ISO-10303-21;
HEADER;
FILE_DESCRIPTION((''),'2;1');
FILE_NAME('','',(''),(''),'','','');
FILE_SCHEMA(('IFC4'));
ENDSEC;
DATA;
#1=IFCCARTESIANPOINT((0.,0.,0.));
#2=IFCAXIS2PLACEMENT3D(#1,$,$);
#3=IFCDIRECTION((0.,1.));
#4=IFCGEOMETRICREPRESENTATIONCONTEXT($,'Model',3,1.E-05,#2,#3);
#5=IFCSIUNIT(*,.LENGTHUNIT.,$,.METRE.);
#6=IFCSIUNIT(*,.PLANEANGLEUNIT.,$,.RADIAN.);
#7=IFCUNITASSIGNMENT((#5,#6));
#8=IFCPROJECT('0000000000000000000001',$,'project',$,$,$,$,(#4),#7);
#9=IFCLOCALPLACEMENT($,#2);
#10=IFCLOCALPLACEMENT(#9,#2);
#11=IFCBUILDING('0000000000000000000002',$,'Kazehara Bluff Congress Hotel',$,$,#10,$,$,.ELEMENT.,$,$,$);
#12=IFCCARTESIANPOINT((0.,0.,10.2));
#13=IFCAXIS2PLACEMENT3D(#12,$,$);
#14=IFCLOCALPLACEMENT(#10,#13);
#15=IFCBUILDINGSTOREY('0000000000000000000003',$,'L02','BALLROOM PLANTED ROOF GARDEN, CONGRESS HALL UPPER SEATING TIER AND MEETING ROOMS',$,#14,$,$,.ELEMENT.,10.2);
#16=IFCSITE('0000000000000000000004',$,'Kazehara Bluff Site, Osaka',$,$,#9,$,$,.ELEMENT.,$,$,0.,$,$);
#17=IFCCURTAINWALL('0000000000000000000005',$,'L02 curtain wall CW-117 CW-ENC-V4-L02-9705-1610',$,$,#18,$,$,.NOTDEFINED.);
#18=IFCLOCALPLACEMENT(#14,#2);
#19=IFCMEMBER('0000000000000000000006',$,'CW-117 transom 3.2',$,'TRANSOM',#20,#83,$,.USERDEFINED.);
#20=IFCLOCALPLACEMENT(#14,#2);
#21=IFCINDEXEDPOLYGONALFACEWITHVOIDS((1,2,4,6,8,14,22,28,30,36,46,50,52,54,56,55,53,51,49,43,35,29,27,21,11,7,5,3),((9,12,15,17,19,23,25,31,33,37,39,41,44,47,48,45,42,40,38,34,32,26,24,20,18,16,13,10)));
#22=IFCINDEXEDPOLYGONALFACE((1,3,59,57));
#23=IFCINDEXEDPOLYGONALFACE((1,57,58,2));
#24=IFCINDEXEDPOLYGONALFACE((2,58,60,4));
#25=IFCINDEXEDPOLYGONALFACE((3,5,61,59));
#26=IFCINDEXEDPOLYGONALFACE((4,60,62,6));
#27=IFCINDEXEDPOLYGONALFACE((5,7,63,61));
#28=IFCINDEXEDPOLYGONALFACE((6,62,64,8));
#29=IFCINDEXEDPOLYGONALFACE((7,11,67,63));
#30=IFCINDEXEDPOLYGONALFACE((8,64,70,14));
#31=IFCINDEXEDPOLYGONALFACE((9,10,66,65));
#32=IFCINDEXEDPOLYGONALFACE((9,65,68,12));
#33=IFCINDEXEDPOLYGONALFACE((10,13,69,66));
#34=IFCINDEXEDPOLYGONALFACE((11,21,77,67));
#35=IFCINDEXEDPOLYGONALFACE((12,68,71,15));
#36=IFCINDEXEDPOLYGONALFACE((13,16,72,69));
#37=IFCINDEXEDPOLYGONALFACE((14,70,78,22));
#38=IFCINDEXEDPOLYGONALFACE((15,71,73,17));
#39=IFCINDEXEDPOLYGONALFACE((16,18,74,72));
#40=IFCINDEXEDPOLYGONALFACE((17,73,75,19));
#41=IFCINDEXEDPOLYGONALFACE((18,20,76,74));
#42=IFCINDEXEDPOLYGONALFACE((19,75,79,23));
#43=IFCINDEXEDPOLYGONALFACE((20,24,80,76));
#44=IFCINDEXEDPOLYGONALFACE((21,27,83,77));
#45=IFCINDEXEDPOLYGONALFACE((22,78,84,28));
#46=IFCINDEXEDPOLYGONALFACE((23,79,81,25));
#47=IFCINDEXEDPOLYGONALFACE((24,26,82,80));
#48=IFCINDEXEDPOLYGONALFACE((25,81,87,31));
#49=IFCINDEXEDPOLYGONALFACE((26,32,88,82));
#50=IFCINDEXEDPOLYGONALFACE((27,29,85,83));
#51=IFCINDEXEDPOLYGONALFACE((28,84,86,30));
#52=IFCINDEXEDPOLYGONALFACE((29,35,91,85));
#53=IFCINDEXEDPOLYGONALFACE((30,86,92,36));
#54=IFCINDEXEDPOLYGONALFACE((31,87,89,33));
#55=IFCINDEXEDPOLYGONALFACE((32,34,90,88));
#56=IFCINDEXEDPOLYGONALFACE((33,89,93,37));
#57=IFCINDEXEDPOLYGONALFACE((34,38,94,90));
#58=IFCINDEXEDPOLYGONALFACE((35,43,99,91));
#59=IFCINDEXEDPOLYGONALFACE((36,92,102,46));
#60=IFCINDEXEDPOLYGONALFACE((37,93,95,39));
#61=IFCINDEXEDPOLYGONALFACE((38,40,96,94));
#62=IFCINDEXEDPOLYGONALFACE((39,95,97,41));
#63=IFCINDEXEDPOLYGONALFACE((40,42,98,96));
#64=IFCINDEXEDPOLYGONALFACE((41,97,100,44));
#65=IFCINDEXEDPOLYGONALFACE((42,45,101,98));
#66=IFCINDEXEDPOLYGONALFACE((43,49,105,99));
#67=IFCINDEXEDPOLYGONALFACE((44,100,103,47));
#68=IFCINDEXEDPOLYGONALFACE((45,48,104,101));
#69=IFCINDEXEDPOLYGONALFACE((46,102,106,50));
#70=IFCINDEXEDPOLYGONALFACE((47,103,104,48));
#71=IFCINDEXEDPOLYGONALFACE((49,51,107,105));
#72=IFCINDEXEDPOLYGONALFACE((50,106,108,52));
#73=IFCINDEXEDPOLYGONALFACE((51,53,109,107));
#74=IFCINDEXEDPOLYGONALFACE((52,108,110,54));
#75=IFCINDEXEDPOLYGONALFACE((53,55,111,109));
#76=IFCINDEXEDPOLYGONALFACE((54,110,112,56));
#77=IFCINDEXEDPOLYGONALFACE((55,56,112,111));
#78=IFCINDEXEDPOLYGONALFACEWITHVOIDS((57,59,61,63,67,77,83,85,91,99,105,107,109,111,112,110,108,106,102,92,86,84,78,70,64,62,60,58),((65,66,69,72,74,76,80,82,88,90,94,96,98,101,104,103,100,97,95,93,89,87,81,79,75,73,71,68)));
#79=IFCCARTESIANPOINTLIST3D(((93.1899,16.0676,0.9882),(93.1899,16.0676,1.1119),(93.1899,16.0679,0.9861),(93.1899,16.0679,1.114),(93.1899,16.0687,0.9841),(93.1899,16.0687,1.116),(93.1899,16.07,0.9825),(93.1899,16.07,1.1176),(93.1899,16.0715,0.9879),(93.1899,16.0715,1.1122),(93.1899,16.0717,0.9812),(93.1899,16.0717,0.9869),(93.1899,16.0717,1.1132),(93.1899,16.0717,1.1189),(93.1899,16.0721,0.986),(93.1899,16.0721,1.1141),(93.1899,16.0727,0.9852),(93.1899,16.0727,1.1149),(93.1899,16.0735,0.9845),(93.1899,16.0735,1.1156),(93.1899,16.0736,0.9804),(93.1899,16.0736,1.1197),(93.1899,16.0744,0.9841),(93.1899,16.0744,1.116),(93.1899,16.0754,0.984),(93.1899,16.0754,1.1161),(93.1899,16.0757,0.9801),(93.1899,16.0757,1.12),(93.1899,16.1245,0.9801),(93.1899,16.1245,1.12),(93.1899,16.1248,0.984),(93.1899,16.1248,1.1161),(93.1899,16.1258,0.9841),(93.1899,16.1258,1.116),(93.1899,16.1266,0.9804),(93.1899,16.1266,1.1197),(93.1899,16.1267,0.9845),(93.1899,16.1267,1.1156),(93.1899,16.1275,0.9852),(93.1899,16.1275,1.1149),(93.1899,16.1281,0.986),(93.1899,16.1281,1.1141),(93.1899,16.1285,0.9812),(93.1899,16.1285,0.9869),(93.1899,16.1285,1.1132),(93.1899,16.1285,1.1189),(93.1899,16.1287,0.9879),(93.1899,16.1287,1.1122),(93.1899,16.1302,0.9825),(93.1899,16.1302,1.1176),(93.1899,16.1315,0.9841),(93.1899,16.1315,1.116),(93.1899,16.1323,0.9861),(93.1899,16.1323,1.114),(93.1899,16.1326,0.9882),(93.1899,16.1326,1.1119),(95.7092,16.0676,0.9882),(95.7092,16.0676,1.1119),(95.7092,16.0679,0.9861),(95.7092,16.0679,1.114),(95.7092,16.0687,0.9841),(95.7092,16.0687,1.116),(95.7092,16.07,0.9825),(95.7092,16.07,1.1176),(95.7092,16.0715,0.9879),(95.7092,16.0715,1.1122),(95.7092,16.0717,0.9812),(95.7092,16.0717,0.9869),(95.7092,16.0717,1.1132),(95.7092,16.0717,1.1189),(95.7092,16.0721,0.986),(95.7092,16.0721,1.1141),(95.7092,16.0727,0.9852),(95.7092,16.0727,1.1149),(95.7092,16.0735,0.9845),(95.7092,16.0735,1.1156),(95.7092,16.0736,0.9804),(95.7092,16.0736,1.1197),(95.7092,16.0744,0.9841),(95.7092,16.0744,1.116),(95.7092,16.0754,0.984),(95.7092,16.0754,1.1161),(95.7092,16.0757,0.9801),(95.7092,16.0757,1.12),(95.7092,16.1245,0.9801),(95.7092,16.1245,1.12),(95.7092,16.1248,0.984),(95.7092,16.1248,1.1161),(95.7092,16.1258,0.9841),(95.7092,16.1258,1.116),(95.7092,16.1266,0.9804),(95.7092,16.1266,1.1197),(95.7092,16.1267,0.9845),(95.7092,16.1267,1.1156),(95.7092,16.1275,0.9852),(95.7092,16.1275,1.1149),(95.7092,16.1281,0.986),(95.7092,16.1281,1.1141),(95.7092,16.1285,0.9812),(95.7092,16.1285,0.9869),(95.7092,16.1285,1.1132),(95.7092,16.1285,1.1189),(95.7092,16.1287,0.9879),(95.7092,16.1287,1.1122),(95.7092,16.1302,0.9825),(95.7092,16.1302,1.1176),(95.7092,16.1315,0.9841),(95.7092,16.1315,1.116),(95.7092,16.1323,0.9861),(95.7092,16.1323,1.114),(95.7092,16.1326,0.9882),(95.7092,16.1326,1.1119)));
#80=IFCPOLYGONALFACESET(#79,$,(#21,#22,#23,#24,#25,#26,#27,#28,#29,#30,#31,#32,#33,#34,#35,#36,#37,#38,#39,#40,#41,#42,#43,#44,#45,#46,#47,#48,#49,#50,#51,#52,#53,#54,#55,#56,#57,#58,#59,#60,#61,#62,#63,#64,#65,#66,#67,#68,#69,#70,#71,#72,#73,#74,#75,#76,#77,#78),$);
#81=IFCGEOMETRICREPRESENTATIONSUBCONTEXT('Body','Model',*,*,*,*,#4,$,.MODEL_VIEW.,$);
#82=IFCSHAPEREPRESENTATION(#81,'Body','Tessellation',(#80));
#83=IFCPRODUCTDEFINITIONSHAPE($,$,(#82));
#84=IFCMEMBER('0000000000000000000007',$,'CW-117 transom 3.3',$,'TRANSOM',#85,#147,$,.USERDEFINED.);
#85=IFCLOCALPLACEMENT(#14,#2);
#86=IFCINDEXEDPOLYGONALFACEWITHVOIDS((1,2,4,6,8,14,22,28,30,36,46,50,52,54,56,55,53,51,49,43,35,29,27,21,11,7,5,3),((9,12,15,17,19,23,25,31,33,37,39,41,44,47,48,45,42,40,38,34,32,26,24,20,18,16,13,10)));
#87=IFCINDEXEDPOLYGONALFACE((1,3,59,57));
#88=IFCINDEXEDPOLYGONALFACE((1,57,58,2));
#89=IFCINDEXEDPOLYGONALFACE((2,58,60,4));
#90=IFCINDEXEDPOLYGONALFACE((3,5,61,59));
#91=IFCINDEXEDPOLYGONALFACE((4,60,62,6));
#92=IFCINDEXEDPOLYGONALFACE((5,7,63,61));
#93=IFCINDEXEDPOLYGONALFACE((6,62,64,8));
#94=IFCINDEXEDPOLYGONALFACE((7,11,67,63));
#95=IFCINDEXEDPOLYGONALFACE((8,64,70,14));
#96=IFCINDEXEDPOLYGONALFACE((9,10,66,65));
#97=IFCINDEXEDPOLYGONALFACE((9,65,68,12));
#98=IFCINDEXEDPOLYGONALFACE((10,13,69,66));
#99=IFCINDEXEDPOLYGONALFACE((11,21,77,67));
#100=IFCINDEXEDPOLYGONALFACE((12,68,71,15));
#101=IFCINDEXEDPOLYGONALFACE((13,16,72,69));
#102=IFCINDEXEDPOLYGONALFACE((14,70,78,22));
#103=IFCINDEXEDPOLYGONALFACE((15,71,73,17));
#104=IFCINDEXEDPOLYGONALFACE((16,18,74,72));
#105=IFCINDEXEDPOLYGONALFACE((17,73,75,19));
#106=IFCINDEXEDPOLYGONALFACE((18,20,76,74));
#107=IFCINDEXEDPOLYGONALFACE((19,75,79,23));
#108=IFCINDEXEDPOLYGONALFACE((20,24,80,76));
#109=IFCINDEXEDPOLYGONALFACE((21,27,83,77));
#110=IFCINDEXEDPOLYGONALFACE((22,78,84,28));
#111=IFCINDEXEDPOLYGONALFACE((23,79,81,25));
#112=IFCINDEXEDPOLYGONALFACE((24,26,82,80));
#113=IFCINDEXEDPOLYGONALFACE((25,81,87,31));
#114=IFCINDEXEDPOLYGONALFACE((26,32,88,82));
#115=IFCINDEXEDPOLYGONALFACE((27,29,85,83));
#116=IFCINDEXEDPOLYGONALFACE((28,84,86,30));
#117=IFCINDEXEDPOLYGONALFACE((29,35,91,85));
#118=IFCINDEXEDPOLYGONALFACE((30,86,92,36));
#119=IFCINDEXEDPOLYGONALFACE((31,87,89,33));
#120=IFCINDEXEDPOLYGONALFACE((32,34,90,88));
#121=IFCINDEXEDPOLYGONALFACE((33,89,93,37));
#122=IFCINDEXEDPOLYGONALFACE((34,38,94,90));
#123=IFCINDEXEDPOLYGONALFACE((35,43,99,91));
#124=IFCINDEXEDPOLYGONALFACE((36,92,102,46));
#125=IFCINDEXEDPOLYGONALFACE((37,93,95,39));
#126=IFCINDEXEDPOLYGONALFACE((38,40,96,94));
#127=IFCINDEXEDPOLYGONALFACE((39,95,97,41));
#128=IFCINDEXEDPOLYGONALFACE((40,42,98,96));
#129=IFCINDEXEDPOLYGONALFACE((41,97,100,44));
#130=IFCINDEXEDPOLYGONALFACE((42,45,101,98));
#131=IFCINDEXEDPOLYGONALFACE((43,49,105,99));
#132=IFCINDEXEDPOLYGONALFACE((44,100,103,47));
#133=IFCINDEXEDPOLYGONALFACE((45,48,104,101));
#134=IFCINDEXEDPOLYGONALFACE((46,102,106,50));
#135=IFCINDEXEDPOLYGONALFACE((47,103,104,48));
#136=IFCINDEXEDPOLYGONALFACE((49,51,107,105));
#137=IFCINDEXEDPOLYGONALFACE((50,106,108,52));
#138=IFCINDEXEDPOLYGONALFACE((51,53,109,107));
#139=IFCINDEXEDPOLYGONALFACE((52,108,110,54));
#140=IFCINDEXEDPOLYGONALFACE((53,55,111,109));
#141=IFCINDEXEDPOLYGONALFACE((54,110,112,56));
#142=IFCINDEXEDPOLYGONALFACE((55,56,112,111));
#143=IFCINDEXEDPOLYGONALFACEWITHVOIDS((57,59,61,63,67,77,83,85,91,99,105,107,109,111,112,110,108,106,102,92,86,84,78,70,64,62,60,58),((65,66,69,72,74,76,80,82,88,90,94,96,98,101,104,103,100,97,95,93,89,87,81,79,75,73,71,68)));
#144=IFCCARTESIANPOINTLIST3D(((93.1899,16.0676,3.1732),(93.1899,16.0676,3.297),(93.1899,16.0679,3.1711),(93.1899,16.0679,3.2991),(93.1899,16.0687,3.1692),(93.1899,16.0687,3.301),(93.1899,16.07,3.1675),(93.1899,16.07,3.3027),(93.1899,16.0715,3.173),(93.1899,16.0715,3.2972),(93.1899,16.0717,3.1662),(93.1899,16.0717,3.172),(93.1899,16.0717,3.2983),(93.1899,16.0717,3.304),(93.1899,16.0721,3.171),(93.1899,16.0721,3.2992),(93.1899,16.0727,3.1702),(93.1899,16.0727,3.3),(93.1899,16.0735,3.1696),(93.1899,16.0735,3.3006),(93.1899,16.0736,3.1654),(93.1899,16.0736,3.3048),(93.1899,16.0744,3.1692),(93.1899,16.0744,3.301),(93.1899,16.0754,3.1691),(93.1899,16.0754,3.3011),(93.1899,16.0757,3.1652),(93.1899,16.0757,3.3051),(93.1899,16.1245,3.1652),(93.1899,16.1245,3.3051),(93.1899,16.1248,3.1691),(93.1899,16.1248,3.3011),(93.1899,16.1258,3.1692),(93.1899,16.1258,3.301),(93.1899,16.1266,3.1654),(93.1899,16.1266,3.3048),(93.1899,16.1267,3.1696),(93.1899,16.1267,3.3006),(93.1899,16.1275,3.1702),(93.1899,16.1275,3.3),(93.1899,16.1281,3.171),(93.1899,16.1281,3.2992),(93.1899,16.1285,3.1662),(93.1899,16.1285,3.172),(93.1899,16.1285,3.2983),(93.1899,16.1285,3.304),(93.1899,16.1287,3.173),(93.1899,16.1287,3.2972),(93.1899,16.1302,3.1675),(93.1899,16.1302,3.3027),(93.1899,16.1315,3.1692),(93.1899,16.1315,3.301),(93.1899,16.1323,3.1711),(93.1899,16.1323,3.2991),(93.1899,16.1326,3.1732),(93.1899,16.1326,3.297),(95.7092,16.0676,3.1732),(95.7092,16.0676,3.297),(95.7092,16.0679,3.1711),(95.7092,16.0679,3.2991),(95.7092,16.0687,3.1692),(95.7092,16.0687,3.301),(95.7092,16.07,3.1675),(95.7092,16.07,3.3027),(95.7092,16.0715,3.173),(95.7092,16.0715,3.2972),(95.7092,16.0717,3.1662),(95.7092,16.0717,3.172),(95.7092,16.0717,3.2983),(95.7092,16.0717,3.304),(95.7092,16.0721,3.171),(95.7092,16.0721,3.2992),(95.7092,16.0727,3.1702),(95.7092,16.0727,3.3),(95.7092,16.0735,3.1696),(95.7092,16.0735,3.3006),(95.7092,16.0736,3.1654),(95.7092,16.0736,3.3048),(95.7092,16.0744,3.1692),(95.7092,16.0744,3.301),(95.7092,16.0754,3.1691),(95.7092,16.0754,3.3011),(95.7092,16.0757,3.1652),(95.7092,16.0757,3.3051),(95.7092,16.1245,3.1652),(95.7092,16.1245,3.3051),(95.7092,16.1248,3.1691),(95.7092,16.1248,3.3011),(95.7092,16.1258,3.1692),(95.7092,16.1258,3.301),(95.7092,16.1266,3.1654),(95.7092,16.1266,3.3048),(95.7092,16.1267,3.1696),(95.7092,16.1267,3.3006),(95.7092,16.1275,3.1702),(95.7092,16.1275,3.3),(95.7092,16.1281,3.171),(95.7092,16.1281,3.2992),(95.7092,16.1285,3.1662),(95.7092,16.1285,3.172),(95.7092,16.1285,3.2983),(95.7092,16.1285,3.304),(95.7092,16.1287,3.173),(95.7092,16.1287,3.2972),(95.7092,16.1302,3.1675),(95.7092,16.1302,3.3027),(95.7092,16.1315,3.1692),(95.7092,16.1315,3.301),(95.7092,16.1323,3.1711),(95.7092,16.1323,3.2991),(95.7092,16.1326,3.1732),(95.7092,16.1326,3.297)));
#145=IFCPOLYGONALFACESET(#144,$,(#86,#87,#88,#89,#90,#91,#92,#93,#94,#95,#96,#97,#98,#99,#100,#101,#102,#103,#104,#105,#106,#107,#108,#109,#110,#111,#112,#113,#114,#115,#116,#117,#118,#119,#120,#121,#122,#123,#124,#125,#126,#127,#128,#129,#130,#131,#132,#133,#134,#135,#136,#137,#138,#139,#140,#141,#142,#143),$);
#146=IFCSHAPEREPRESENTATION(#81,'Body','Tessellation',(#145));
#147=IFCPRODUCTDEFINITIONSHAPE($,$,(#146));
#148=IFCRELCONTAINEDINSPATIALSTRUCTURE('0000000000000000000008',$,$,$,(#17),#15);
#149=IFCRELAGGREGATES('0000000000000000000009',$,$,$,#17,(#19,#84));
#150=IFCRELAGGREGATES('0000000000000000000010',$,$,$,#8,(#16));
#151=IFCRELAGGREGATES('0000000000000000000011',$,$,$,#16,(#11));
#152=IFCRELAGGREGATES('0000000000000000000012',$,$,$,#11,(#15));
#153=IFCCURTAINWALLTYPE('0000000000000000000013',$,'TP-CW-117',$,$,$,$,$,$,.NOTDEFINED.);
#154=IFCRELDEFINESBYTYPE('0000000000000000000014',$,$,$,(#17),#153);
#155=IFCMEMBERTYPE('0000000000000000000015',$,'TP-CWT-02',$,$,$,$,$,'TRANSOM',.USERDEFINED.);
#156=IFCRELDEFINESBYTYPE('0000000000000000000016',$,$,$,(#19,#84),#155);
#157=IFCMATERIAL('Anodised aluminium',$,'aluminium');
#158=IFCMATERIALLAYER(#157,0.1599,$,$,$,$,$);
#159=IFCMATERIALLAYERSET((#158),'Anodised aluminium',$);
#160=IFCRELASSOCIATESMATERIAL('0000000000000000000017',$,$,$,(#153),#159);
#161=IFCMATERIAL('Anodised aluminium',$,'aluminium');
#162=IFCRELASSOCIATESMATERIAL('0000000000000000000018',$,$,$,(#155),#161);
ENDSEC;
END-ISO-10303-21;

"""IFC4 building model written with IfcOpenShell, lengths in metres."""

from ifc_helpers import new_model, si_unit, direction, frame, origin, origin_2d, place, context, subcontext, project, spatial, hollow_rectangle, extrude, material, layer, layer_set, material_profile, profile_set, type_object, element, aggregate, save


model = new_model("IFC4")

# Units and contexts
model_context = context("Model", 3, precision=1e-05, world=origin(), true_north=direction((0.0, 1.0)))
body_context = subcontext(model_context, "Body", "Model", "MODEL_VIEW")
ifc_project = project(units=[si_unit("LENGTHUNIT", "METRE"), si_unit("PLANEANGLEUNIT", "RADIAN")], contexts=[model_context])

# Site, building, storey
site_placement = place(None, origin())
site = spatial("IfcSite", under=ifc_project, at=site_placement, Name="Kazehara Bluff Site, Osaka", CompositionType="ELEMENT", RefElevation=0.0)
building_placement = place(site_placement, origin())
building = spatial("IfcBuilding", under=site, at=building_placement, Name="Kazehara Bluff Congress Hotel", CompositionType="ELEMENT")
storey_placement = place(building_placement, frame((0.0, 0.0, 10.2)))
storey = spatial("IfcBuildingStorey", under=building, at=storey_placement, Name="L02", Description="BALLROOM PLANTED ROOF GARDEN, CONGRESS HALL UPPER SEATING TIER AND MEETING ROOMS", CompositionType="ELEMENT", Elevation=10.2)

# Shared definitions
ifc_material_1 = material(Name="Anodised aluminium", Category="aluminium")
ifc_layer_1 = layer(ifc_material_1, 0.1599)
ifc_layer_set_1 = layer_set([ifc_layer_1], Name="Anodised aluminium")
curtain_wall_type = type_object("IfcCurtainWallType", Name="TP-CW-117", PredefinedType="NOTDEFINED", material=ifc_layer_set_1)

# Curtain wall
curtain_wall_1_placement = place(storey_placement, origin())
curtain_wall_1 = element("IfcCurtainWall", 1, at=curtain_wall_1_placement, inside=storey, type_object=curtain_wall_type, Name="L02 curtain wall CW-117 CW-ENC-V4-L02-9705-1610", PredefinedType="NOTDEFINED")

# Members
ifc_material_2 = material(Name="Anodised aluminium", Category="aluminium")
ifc_material_profile_1 = material_profile(ifc_material_2, hollow_rectangle(XDim=0.0649, YDim=0.1399, WallThickness=0.0039, InnerFilletRadius=0.0039, OuterFilletRadius=0.0081, at=origin_2d()))
ifc_profile_set_1 = profile_set([ifc_material_profile_1], Name="Anodised aluminium")
member_type_1 = type_object("IfcMemberType", Name="TP-CWT-02", ElementType="TRANSOM", PredefinedType="USERDEFINED", material=ifc_profile_set_1)
member_1_placement = place(storey_placement, frame((95.7092, 16.1001, 1.05), z_axis=(-1.0, 0.0, 0.0), x_axis=(0.0, -1.0, 0.0)))
member_1 = element("IfcMember", 2, at=member_1_placement, type_object=member_type_1, Name="CW-117 transom 3.2", ObjectType="TRANSOM", PredefinedType="USERDEFINED", context=body_context, shape_type="SweptSolid", body=[
    extrude(hollow_rectangle(XDim=0.0649, YDim=0.1399, WallThickness=0.0039, InnerFilletRadius=0.0039, OuterFilletRadius=0.0081, at=origin_2d()), origin(), (0.0, 0.0, 1.0), 2.5193),
])
member_2_placement = place(storey_placement, frame((95.7092, 16.1001, 3.2351), z_axis=(-1.0, 0.0, 0.0), x_axis=(0.0, -1.0, 0.0)))
member_2 = element("IfcMember", 3, at=member_2_placement, type_object=member_type_1, Name="CW-117 transom 3.3", ObjectType="TRANSOM", PredefinedType="USERDEFINED", context=body_context, shape_type="SweptSolid", body=[
    extrude(hollow_rectangle(XDim=0.0649, YDim=0.1399, WallThickness=0.0039, InnerFilletRadius=0.0039, OuterFilletRadius=0.0081, at=origin_2d()), origin(), (0.0, 0.0, 1.0), 2.5193),
])

aggregate(curtain_wall_1, [member_1, member_2])

save(model, "model.ifc")
